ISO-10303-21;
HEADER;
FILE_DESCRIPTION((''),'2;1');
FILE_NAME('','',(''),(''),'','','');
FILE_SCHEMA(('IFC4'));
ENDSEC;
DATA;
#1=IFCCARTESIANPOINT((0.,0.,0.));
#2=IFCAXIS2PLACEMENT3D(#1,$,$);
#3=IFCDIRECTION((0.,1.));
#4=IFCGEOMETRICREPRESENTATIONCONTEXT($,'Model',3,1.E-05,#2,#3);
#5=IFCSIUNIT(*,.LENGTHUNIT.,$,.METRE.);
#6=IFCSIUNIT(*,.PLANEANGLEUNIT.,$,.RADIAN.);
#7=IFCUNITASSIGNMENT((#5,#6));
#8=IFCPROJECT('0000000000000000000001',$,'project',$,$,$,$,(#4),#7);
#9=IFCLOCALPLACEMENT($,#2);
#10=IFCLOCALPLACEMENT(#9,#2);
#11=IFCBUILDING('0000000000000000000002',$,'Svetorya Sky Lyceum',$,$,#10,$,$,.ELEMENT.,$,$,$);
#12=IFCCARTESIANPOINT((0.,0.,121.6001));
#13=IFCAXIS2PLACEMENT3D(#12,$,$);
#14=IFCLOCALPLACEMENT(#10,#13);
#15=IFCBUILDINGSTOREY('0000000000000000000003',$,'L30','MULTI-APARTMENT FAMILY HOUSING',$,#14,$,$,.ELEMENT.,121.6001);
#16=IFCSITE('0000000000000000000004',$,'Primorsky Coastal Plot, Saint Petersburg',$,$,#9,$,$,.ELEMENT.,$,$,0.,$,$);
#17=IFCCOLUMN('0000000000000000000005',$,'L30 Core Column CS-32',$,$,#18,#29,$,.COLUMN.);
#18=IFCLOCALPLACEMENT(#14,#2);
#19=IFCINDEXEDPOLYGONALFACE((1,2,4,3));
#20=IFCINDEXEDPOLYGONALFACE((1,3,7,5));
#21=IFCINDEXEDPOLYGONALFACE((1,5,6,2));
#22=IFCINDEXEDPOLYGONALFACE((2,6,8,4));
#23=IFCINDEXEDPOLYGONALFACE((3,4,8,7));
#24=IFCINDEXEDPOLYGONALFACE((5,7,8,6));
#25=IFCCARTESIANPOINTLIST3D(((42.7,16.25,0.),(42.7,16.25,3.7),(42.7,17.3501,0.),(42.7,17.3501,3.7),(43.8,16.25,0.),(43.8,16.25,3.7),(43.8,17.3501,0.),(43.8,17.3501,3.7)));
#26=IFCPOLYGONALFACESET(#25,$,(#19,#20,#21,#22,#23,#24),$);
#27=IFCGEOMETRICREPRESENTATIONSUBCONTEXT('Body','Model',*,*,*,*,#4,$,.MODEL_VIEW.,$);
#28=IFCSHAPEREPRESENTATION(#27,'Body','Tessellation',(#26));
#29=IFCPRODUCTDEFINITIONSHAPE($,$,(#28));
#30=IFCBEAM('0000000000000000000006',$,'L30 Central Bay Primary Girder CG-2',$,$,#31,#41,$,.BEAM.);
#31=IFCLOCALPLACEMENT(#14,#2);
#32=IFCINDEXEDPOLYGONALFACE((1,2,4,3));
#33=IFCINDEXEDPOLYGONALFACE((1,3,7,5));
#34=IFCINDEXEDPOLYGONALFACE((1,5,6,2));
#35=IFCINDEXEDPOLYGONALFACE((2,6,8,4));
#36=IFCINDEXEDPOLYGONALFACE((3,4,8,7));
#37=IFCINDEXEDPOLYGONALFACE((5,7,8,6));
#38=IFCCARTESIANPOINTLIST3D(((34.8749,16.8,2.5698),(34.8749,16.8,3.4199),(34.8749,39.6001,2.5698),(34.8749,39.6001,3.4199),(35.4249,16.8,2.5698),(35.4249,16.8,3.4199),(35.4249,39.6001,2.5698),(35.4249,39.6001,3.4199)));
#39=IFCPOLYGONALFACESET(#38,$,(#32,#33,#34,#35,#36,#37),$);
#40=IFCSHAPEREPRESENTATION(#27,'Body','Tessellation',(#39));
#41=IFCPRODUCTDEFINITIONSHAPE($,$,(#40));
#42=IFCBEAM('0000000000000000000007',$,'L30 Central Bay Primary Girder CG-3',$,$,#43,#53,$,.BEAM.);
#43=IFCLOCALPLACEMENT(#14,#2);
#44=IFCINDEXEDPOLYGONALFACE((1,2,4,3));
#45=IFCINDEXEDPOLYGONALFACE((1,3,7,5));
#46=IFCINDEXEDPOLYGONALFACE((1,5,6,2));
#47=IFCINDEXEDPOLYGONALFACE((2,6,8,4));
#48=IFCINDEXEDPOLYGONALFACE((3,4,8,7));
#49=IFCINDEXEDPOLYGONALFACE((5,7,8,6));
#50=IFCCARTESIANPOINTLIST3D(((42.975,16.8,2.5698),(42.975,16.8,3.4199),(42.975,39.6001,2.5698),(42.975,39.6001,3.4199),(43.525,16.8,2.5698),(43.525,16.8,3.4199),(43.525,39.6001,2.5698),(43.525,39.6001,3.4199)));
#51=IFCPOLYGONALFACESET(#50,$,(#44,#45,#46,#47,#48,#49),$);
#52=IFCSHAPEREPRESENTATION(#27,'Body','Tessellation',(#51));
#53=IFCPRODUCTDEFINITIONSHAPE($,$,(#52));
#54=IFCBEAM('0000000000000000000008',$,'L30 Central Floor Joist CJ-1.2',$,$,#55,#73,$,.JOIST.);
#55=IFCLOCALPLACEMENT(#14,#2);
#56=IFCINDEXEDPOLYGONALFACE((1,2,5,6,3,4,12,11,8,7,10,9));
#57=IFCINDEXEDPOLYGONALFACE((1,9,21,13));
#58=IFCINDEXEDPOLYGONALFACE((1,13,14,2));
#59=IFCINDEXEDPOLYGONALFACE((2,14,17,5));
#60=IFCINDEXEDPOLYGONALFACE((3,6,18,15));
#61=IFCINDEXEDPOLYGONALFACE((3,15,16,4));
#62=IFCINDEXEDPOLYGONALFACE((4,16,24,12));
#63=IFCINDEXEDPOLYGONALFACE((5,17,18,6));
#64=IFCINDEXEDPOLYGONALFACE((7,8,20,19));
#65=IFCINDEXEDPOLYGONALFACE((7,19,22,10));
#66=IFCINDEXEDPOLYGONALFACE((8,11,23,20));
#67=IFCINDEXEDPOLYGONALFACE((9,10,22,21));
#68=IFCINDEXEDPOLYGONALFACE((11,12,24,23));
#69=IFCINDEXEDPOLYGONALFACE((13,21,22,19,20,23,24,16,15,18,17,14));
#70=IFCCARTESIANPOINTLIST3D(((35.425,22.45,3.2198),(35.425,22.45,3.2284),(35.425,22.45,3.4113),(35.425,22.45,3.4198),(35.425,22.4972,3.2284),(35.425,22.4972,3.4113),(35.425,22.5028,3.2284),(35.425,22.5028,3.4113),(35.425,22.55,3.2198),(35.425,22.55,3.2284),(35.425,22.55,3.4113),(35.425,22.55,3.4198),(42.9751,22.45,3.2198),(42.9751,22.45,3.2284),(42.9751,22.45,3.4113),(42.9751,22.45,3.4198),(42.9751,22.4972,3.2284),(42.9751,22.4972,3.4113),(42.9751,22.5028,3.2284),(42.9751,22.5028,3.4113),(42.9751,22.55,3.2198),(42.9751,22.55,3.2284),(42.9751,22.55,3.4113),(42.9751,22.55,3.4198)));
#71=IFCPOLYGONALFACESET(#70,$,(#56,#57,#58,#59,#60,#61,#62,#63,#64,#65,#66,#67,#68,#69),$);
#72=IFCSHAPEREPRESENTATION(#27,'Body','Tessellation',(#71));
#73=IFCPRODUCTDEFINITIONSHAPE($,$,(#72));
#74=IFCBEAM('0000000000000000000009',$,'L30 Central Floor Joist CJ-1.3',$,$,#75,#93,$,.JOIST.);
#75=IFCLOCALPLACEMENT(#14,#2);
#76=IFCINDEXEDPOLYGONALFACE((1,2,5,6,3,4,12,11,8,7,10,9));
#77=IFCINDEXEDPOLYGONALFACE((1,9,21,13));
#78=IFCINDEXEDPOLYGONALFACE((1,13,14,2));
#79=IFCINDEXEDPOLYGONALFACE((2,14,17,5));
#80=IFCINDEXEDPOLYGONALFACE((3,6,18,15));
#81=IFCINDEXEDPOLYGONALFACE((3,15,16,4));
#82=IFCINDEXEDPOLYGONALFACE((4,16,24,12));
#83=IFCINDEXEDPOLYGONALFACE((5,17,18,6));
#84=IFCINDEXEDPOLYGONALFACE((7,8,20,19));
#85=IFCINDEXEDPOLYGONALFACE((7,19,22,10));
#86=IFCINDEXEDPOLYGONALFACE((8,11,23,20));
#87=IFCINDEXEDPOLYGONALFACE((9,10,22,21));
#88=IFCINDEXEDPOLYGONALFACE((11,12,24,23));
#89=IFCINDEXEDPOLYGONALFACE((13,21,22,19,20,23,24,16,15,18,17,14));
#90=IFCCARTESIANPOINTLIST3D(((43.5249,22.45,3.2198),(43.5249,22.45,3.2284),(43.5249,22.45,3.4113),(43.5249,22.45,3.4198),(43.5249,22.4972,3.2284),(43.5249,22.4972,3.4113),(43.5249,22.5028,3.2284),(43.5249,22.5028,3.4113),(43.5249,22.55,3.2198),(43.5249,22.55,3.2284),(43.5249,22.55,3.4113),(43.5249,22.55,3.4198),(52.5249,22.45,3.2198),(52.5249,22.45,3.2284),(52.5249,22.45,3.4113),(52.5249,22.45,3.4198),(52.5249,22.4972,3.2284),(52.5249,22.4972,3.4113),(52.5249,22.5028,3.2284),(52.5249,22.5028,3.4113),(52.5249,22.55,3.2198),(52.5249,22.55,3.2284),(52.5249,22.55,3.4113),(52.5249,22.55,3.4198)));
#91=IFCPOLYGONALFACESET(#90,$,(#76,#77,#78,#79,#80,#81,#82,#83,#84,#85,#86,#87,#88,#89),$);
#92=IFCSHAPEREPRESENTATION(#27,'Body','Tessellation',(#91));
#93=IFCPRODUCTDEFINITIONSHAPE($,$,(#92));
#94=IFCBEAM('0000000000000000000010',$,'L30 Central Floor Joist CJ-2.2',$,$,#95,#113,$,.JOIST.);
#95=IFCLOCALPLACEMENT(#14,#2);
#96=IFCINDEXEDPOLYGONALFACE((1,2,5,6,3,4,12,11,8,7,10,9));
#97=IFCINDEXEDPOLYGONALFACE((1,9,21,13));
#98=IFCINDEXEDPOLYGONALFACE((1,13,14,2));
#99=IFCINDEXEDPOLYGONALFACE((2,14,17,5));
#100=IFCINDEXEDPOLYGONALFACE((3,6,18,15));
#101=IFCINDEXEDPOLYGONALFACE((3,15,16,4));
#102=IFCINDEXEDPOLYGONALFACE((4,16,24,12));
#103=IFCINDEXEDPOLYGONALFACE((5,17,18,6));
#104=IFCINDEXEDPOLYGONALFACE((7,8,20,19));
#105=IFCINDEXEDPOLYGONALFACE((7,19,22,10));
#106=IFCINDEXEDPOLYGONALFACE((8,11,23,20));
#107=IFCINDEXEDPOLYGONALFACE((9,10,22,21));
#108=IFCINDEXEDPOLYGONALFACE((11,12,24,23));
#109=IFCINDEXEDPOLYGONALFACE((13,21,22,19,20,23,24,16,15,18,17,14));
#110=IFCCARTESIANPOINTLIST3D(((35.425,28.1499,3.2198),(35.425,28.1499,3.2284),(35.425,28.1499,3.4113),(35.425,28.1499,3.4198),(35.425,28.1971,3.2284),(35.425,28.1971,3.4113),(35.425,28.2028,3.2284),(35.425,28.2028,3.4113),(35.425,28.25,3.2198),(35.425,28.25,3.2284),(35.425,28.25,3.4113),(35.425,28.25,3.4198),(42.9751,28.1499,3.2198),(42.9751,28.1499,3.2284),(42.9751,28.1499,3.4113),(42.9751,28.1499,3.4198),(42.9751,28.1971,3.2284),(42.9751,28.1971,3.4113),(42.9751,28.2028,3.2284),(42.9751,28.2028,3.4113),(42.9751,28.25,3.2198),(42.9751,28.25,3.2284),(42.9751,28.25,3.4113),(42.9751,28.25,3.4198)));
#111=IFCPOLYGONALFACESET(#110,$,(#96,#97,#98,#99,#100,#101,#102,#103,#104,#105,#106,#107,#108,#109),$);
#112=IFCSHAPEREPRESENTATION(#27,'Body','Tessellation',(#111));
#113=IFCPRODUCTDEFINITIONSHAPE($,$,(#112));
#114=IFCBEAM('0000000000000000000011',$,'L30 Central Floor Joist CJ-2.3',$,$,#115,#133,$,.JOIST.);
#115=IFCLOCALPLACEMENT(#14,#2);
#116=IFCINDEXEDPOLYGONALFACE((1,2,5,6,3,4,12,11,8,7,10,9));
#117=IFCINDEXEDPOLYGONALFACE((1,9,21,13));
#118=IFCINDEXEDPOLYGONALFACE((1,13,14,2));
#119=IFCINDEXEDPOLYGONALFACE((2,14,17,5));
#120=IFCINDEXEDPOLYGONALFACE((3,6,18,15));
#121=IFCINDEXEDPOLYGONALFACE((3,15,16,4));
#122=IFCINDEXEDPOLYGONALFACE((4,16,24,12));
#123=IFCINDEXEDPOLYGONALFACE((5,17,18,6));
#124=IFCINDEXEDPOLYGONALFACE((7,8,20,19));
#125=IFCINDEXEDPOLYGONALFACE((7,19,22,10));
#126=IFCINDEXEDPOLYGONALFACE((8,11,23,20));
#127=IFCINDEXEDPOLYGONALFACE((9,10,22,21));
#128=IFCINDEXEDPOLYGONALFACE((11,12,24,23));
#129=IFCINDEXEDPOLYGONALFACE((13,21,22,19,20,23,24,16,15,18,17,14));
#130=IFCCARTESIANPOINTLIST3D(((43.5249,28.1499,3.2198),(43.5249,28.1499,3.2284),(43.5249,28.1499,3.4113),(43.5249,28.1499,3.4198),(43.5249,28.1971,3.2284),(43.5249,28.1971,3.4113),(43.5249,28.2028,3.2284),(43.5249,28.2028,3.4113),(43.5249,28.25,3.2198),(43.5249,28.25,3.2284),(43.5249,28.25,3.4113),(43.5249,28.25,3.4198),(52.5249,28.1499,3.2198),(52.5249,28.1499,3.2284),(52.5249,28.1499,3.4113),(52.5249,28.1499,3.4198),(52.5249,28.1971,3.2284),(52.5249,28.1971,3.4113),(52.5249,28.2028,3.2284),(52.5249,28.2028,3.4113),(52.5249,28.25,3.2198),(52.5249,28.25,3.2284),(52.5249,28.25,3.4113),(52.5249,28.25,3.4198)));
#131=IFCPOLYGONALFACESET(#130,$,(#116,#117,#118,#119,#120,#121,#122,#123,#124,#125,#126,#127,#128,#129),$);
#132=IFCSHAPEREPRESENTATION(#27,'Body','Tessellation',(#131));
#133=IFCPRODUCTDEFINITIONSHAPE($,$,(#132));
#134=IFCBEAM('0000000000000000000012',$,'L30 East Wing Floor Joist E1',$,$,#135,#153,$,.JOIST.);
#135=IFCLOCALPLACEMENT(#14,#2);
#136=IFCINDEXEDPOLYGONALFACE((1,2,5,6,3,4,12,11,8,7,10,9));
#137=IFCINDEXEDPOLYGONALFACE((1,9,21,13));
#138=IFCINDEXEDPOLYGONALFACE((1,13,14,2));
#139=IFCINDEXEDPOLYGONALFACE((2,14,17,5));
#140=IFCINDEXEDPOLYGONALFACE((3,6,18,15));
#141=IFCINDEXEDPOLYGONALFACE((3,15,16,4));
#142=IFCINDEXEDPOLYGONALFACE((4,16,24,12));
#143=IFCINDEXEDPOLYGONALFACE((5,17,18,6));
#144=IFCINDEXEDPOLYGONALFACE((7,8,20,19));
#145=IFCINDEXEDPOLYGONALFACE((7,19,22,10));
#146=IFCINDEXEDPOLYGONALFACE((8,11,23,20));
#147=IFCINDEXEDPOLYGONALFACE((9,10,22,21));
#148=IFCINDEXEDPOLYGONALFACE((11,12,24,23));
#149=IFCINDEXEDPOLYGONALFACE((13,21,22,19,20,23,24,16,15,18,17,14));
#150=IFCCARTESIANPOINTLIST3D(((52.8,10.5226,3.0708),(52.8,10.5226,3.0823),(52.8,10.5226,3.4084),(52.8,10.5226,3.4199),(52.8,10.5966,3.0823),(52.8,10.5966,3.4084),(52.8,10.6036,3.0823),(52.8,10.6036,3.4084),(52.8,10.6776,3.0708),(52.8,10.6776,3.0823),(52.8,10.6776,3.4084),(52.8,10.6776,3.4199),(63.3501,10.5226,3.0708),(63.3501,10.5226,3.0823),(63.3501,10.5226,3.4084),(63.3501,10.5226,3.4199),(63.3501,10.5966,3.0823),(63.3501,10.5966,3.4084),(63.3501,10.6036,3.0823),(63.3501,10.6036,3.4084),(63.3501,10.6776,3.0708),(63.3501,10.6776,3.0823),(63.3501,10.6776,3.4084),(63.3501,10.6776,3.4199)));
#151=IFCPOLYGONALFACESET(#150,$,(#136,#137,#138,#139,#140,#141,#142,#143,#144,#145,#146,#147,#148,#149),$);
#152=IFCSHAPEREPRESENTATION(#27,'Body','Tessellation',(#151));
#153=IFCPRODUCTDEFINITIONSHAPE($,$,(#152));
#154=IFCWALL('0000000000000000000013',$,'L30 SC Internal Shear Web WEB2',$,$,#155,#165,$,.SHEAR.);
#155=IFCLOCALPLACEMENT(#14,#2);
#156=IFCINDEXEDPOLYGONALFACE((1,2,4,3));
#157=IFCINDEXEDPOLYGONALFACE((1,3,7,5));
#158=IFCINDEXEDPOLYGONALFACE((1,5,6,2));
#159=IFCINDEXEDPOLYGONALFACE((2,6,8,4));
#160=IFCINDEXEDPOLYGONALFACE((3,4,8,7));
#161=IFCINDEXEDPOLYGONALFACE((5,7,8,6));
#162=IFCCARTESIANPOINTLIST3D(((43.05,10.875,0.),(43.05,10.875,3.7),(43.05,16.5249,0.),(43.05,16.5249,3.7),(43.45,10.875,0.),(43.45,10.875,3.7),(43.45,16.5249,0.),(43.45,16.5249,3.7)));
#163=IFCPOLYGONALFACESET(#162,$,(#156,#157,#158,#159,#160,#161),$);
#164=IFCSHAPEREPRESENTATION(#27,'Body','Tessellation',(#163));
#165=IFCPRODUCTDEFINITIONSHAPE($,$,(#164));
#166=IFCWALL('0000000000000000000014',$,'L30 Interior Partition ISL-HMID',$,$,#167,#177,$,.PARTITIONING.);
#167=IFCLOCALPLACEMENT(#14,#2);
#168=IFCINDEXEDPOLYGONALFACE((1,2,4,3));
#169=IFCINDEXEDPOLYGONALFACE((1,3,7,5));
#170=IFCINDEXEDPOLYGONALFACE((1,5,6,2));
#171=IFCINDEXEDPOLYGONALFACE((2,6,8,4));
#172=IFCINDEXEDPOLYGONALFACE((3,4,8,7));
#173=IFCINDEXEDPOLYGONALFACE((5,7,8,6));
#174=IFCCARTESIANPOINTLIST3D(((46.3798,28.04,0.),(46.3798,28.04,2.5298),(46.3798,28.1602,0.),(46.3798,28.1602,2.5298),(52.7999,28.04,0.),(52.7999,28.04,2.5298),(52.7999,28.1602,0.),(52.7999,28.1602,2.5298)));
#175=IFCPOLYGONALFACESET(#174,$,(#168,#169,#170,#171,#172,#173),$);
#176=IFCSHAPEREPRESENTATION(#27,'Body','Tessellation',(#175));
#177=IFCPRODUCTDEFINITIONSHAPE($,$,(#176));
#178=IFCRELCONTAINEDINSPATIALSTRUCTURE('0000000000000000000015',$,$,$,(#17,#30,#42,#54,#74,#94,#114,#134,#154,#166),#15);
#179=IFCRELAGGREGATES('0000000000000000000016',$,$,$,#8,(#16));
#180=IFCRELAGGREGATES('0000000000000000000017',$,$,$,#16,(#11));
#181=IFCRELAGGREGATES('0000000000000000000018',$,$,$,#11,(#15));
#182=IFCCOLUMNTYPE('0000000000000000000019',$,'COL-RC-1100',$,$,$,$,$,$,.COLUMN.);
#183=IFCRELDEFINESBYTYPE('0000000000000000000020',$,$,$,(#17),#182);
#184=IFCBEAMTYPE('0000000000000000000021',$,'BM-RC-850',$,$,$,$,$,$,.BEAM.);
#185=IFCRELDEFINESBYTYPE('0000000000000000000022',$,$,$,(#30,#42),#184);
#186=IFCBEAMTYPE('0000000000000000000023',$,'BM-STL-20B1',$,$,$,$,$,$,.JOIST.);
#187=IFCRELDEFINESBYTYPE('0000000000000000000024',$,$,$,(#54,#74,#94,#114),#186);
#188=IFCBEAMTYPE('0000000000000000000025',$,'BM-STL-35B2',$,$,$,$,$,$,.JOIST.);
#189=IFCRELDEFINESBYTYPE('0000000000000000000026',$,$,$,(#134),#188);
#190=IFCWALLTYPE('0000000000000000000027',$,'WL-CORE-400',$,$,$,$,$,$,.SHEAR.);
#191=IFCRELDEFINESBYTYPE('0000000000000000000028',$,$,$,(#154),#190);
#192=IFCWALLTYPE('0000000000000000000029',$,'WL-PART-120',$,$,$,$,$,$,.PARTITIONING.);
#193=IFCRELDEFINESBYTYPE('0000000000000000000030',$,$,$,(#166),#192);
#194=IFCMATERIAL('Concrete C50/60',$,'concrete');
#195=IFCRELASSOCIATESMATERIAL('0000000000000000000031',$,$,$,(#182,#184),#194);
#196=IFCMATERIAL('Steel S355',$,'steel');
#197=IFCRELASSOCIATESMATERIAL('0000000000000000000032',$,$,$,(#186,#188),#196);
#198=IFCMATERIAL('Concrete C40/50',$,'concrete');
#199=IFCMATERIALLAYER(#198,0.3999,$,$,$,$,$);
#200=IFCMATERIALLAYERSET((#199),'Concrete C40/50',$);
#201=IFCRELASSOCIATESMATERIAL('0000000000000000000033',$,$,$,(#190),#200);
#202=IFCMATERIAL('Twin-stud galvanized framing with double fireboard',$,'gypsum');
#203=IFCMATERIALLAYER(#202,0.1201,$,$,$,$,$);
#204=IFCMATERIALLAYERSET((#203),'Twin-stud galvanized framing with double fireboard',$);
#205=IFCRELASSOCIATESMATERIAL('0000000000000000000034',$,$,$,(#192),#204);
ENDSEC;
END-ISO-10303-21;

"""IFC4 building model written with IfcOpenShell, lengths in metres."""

from ifc_helpers import new_model, si_unit, direction, frame, frame_2d, origin, origin_2d, place, context, subcontext, project, spatial, rectangle, i_section, extrude, material, layer, layer_set, material_profile, profile_set, type_object, element, save


model = new_model("IFC4")

# Units and contexts
model_context = context("Model", 3, precision=1e-05, world=origin(), true_north=direction((0.0, 1.0)))
body_context = subcontext(model_context, "Body", "Model", "MODEL_VIEW")
ifc_project = project(units=[si_unit("LENGTHUNIT", "METRE"), si_unit("PLANEANGLEUNIT", "RADIAN")], contexts=[model_context])

# Site, building, storey
site_placement = place(None, origin())
site = spatial("IfcSite", under=ifc_project, at=site_placement, Name="Primorsky Coastal Plot, Saint Petersburg", CompositionType="ELEMENT", RefElevation=0.0)
building_placement = place(site_placement, origin())
building = spatial("IfcBuilding", under=site, at=building_placement, Name="Svetorya Sky Lyceum", CompositionType="ELEMENT")
storey_placement = place(building_placement, frame((0.0, 0.0, 121.6001)))
storey = spatial("IfcBuildingStorey", under=building, at=storey_placement, Name="L30", Description="MULTI-APARTMENT FAMILY HOUSING", CompositionType="ELEMENT", Elevation=121.6001)

# Column
ifc_material_1 = material(Name="Concrete C50/60", Category="concrete")
ifc_material_profile_1 = material_profile(ifc_material_1, rectangle(XDim=1.1001, YDim=1.1001, at=origin_2d()), Name="RC COL 1100x1100")
ifc_profile_set_1 = profile_set([ifc_material_profile_1], Name="Concrete C50/60")
column_type = type_object("IfcColumnType", Name="COL-RC-1100", PredefinedType="COLUMN", material=ifc_profile_set_1)
column_placement = place(storey_placement, frame((43.25, 16.8, 0.0), z_axis=(0.0, 0.0, 1.0), x_axis=(1.0, 0.0, 0.0)))
element("IfcColumn", 1, at=column_placement, inside=storey, type_object=column_type, Name="L30 Core Column CS-32", PredefinedType="COLUMN", context=body_context, shape_type="SweptSolid", body=[
    extrude(rectangle(XDim=1.1001, YDim=1.1001, at=origin_2d()), origin(), (0.0, 0.0, 1.0), 3.7),
])

# Beams
ifc_material_profile_2 = material_profile(ifc_material_1, rectangle(XDim=0.55, YDim=0.8501, at=origin_2d()), Name="RC BEAM 550x850")
ifc_profile_set_2 = profile_set([ifc_material_profile_2], Name="Concrete C50/60")
beam_type_1 = type_object("IfcBeamType", Name="BM-RC-850", PredefinedType="BEAM", material=ifc_profile_set_2)
for number, where, z_axis, x_axis, name in (
    (2, (35.1499, 16.8, 2.9949), (0.0, 1.0, 0.0), (-1.0, 0.0, 0.0), "L30 Central Bay Primary Girder CG-2"),
    (3, (43.25, 16.8, 2.9949), (0.0, 1.0, 0.0), (-1.0, 0.0, 0.0), "L30 Central Bay Primary Girder CG-3"),
):
    element("IfcBeam", number, at=place(storey_placement, frame(where, z_axis=z_axis, x_axis=x_axis)), inside=storey, type_object=beam_type_1, Name=name, PredefinedType="BEAM", context=body_context, shape_type="SweptSolid", body=[
        extrude(rectangle(XDim=0.55, YDim=0.8501, at=origin_2d()), origin(), (0.0, 0.0, 1.0), 22.8),
    ])
ifc_material_2 = material(Name="Steel S355", Category="steel")
ifc_material_profile_3 = material_profile(ifc_material_2, i_section(OverallWidth=0.1001, OverallDepth=0.2, WebThickness=0.0056, FlangeThickness=0.0085, at=origin_2d()), Name="GOST 20B1")
ifc_profile_set_3 = profile_set([ifc_material_profile_3], Name="Steel S355")
beam_type_2 = type_object("IfcBeamType", Name="BM-STL-20B1", PredefinedType="JOIST", material=ifc_profile_set_3)
beam_1_placement = place(storey_placement, frame((35.425, 22.5, 3.3198), z_axis=(1.0, 0.0, 0.0), x_axis=(0.0, 1.0, 0.0)))
element("IfcBeam", 4, at=beam_1_placement, inside=storey, type_object=beam_type_2, Name="L30 Central Floor Joist CJ-1.2", PredefinedType="JOIST", context=body_context, shape_type="SweptSolid", body=[
    extrude(i_section(OverallWidth=0.1001, OverallDepth=0.2, WebThickness=0.0056, FlangeThickness=0.0085, at=origin_2d()), origin(), (0.0, 0.0, 1.0), 7.55),
])
beam_2_placement = place(storey_placement, frame((43.5249, 22.5, 3.3198), z_axis=(1.0, 0.0, 0.0), x_axis=(0.0, 1.0, 0.0)))
element("IfcBeam", 5, at=beam_2_placement, inside=storey, type_object=beam_type_2, Name="L30 Central Floor Joist CJ-1.3", PredefinedType="JOIST", context=body_context, shape_type="SweptSolid", body=[
    extrude(i_section(OverallWidth=0.1001, OverallDepth=0.2, WebThickness=0.0056, FlangeThickness=0.0085, at=origin_2d()), origin(), (0.0, 0.0, 1.0), 9.0),
])
beam_3_placement = place(storey_placement, frame((35.425, 28.2, 3.3198), z_axis=(1.0, 0.0, 0.0), x_axis=(0.0, 1.0, 0.0)))
element("IfcBeam", 6, at=beam_3_placement, inside=storey, type_object=beam_type_2, Name="L30 Central Floor Joist CJ-2.2", PredefinedType="JOIST", context=body_context, shape_type="SweptSolid", body=[
    extrude(i_section(OverallWidth=0.1001, OverallDepth=0.2, WebThickness=0.0056, FlangeThickness=0.0085, at=origin_2d()), origin(), (0.0, 0.0, 1.0), 7.55),
])
beam_4_placement = place(storey_placement, frame((43.5249, 28.2, 3.3198), z_axis=(1.0, 0.0, 0.0), x_axis=(0.0, 1.0, 0.0)))
element("IfcBeam", 7, at=beam_4_placement, inside=storey, type_object=beam_type_2, Name="L30 Central Floor Joist CJ-2.3", PredefinedType="JOIST", context=body_context, shape_type="SweptSolid", body=[
    extrude(i_section(OverallWidth=0.1001, OverallDepth=0.2, WebThickness=0.0056, FlangeThickness=0.0085, at=origin_2d()), origin(), (0.0, 0.0, 1.0), 9.0),
])
ifc_material_profile_4 = material_profile(ifc_material_2, i_section(OverallWidth=0.155, OverallDepth=0.3491, WebThickness=0.0071, FlangeThickness=0.0115, at=origin_2d()), Name="GOST 35B2")
ifc_profile_set_4 = profile_set([ifc_material_profile_4], Name="Steel S355")
beam_type_3 = type_object("IfcBeamType", Name="BM-STL-35B2", PredefinedType="JOIST", material=ifc_profile_set_4)
beam_5_placement = place(storey_placement, frame((52.8, 10.6001, 3.2454), z_axis=(1.0, 0.0, 0.0), x_axis=(0.0, 1.0, 0.0)))
element("IfcBeam", 8, at=beam_5_placement, inside=storey, type_object=beam_type_3, Name="L30 East Wing Floor Joist E1", PredefinedType="JOIST", context=body_context, shape_type="SweptSolid", body=[
    extrude(i_section(OverallWidth=0.155, OverallDepth=0.3491, WebThickness=0.0071, FlangeThickness=0.0115, at=origin_2d()), origin(), (0.0, 0.0, 1.0), 10.55),
])

# Walls
ifc_material_3 = material(Name="Concrete C40/50", Category="concrete")
ifc_layer_1 = layer(ifc_material_3, 0.3999)
ifc_layer_set_1 = layer_set([ifc_layer_1], Name="Concrete C40/50")
wall_type_1 = type_object("IfcWallType", Name="WL-CORE-400", PredefinedType="SHEAR", material=ifc_layer_set_1)
wall_1_placement = place(storey_placement, frame((43.25, 10.875, 0.0), z_axis=(0.0, 0.0, 1.0), x_axis=(0.0, 1.0, 0.0)))
element("IfcWall", 9, at=wall_1_placement, inside=storey, type_object=wall_type_1, Name="L30 SC Internal Shear Web WEB2", PredefinedType="SHEAR", context=body_context, shape_type="SweptSolid", body=[
    extrude(rectangle(XDim=5.6499, YDim=0.3999, at=frame_2d((2.825, 0.0))), origin(), (0.0, 0.0, 1.0), 3.7),
])
ifc_material_4 = material(Name="Twin-stud galvanized framing with double fireboard", Category="gypsum")
ifc_layer_2 = layer(ifc_material_4, 0.1201)
ifc_layer_set_2 = layer_set([ifc_layer_2], Name="Twin-stud galvanized framing with double fireboard")
wall_type_2 = type_object("IfcWallType", Name="WL-PART-120", PredefinedType="PARTITIONING", material=ifc_layer_set_2)
wall_2_placement = place(storey_placement, frame((46.3799, 28.1001, 0.0), z_axis=(0.0, 0.0, 1.0), x_axis=(1.0, 0.0, 0.0)))
element("IfcWall", 10, at=wall_2_placement, inside=storey, type_object=wall_type_2, Name="L30 Interior Partition ISL-HMID", PredefinedType="PARTITIONING", context=body_context, shape_type="SweptSolid", body=[
    extrude(rectangle(XDim=6.4202, YDim=0.1201, at=frame_2d((3.21, 0.0))), origin(), (0.0, 0.0, 1.0), 2.5298),
])

save(model, "model.ifc")
